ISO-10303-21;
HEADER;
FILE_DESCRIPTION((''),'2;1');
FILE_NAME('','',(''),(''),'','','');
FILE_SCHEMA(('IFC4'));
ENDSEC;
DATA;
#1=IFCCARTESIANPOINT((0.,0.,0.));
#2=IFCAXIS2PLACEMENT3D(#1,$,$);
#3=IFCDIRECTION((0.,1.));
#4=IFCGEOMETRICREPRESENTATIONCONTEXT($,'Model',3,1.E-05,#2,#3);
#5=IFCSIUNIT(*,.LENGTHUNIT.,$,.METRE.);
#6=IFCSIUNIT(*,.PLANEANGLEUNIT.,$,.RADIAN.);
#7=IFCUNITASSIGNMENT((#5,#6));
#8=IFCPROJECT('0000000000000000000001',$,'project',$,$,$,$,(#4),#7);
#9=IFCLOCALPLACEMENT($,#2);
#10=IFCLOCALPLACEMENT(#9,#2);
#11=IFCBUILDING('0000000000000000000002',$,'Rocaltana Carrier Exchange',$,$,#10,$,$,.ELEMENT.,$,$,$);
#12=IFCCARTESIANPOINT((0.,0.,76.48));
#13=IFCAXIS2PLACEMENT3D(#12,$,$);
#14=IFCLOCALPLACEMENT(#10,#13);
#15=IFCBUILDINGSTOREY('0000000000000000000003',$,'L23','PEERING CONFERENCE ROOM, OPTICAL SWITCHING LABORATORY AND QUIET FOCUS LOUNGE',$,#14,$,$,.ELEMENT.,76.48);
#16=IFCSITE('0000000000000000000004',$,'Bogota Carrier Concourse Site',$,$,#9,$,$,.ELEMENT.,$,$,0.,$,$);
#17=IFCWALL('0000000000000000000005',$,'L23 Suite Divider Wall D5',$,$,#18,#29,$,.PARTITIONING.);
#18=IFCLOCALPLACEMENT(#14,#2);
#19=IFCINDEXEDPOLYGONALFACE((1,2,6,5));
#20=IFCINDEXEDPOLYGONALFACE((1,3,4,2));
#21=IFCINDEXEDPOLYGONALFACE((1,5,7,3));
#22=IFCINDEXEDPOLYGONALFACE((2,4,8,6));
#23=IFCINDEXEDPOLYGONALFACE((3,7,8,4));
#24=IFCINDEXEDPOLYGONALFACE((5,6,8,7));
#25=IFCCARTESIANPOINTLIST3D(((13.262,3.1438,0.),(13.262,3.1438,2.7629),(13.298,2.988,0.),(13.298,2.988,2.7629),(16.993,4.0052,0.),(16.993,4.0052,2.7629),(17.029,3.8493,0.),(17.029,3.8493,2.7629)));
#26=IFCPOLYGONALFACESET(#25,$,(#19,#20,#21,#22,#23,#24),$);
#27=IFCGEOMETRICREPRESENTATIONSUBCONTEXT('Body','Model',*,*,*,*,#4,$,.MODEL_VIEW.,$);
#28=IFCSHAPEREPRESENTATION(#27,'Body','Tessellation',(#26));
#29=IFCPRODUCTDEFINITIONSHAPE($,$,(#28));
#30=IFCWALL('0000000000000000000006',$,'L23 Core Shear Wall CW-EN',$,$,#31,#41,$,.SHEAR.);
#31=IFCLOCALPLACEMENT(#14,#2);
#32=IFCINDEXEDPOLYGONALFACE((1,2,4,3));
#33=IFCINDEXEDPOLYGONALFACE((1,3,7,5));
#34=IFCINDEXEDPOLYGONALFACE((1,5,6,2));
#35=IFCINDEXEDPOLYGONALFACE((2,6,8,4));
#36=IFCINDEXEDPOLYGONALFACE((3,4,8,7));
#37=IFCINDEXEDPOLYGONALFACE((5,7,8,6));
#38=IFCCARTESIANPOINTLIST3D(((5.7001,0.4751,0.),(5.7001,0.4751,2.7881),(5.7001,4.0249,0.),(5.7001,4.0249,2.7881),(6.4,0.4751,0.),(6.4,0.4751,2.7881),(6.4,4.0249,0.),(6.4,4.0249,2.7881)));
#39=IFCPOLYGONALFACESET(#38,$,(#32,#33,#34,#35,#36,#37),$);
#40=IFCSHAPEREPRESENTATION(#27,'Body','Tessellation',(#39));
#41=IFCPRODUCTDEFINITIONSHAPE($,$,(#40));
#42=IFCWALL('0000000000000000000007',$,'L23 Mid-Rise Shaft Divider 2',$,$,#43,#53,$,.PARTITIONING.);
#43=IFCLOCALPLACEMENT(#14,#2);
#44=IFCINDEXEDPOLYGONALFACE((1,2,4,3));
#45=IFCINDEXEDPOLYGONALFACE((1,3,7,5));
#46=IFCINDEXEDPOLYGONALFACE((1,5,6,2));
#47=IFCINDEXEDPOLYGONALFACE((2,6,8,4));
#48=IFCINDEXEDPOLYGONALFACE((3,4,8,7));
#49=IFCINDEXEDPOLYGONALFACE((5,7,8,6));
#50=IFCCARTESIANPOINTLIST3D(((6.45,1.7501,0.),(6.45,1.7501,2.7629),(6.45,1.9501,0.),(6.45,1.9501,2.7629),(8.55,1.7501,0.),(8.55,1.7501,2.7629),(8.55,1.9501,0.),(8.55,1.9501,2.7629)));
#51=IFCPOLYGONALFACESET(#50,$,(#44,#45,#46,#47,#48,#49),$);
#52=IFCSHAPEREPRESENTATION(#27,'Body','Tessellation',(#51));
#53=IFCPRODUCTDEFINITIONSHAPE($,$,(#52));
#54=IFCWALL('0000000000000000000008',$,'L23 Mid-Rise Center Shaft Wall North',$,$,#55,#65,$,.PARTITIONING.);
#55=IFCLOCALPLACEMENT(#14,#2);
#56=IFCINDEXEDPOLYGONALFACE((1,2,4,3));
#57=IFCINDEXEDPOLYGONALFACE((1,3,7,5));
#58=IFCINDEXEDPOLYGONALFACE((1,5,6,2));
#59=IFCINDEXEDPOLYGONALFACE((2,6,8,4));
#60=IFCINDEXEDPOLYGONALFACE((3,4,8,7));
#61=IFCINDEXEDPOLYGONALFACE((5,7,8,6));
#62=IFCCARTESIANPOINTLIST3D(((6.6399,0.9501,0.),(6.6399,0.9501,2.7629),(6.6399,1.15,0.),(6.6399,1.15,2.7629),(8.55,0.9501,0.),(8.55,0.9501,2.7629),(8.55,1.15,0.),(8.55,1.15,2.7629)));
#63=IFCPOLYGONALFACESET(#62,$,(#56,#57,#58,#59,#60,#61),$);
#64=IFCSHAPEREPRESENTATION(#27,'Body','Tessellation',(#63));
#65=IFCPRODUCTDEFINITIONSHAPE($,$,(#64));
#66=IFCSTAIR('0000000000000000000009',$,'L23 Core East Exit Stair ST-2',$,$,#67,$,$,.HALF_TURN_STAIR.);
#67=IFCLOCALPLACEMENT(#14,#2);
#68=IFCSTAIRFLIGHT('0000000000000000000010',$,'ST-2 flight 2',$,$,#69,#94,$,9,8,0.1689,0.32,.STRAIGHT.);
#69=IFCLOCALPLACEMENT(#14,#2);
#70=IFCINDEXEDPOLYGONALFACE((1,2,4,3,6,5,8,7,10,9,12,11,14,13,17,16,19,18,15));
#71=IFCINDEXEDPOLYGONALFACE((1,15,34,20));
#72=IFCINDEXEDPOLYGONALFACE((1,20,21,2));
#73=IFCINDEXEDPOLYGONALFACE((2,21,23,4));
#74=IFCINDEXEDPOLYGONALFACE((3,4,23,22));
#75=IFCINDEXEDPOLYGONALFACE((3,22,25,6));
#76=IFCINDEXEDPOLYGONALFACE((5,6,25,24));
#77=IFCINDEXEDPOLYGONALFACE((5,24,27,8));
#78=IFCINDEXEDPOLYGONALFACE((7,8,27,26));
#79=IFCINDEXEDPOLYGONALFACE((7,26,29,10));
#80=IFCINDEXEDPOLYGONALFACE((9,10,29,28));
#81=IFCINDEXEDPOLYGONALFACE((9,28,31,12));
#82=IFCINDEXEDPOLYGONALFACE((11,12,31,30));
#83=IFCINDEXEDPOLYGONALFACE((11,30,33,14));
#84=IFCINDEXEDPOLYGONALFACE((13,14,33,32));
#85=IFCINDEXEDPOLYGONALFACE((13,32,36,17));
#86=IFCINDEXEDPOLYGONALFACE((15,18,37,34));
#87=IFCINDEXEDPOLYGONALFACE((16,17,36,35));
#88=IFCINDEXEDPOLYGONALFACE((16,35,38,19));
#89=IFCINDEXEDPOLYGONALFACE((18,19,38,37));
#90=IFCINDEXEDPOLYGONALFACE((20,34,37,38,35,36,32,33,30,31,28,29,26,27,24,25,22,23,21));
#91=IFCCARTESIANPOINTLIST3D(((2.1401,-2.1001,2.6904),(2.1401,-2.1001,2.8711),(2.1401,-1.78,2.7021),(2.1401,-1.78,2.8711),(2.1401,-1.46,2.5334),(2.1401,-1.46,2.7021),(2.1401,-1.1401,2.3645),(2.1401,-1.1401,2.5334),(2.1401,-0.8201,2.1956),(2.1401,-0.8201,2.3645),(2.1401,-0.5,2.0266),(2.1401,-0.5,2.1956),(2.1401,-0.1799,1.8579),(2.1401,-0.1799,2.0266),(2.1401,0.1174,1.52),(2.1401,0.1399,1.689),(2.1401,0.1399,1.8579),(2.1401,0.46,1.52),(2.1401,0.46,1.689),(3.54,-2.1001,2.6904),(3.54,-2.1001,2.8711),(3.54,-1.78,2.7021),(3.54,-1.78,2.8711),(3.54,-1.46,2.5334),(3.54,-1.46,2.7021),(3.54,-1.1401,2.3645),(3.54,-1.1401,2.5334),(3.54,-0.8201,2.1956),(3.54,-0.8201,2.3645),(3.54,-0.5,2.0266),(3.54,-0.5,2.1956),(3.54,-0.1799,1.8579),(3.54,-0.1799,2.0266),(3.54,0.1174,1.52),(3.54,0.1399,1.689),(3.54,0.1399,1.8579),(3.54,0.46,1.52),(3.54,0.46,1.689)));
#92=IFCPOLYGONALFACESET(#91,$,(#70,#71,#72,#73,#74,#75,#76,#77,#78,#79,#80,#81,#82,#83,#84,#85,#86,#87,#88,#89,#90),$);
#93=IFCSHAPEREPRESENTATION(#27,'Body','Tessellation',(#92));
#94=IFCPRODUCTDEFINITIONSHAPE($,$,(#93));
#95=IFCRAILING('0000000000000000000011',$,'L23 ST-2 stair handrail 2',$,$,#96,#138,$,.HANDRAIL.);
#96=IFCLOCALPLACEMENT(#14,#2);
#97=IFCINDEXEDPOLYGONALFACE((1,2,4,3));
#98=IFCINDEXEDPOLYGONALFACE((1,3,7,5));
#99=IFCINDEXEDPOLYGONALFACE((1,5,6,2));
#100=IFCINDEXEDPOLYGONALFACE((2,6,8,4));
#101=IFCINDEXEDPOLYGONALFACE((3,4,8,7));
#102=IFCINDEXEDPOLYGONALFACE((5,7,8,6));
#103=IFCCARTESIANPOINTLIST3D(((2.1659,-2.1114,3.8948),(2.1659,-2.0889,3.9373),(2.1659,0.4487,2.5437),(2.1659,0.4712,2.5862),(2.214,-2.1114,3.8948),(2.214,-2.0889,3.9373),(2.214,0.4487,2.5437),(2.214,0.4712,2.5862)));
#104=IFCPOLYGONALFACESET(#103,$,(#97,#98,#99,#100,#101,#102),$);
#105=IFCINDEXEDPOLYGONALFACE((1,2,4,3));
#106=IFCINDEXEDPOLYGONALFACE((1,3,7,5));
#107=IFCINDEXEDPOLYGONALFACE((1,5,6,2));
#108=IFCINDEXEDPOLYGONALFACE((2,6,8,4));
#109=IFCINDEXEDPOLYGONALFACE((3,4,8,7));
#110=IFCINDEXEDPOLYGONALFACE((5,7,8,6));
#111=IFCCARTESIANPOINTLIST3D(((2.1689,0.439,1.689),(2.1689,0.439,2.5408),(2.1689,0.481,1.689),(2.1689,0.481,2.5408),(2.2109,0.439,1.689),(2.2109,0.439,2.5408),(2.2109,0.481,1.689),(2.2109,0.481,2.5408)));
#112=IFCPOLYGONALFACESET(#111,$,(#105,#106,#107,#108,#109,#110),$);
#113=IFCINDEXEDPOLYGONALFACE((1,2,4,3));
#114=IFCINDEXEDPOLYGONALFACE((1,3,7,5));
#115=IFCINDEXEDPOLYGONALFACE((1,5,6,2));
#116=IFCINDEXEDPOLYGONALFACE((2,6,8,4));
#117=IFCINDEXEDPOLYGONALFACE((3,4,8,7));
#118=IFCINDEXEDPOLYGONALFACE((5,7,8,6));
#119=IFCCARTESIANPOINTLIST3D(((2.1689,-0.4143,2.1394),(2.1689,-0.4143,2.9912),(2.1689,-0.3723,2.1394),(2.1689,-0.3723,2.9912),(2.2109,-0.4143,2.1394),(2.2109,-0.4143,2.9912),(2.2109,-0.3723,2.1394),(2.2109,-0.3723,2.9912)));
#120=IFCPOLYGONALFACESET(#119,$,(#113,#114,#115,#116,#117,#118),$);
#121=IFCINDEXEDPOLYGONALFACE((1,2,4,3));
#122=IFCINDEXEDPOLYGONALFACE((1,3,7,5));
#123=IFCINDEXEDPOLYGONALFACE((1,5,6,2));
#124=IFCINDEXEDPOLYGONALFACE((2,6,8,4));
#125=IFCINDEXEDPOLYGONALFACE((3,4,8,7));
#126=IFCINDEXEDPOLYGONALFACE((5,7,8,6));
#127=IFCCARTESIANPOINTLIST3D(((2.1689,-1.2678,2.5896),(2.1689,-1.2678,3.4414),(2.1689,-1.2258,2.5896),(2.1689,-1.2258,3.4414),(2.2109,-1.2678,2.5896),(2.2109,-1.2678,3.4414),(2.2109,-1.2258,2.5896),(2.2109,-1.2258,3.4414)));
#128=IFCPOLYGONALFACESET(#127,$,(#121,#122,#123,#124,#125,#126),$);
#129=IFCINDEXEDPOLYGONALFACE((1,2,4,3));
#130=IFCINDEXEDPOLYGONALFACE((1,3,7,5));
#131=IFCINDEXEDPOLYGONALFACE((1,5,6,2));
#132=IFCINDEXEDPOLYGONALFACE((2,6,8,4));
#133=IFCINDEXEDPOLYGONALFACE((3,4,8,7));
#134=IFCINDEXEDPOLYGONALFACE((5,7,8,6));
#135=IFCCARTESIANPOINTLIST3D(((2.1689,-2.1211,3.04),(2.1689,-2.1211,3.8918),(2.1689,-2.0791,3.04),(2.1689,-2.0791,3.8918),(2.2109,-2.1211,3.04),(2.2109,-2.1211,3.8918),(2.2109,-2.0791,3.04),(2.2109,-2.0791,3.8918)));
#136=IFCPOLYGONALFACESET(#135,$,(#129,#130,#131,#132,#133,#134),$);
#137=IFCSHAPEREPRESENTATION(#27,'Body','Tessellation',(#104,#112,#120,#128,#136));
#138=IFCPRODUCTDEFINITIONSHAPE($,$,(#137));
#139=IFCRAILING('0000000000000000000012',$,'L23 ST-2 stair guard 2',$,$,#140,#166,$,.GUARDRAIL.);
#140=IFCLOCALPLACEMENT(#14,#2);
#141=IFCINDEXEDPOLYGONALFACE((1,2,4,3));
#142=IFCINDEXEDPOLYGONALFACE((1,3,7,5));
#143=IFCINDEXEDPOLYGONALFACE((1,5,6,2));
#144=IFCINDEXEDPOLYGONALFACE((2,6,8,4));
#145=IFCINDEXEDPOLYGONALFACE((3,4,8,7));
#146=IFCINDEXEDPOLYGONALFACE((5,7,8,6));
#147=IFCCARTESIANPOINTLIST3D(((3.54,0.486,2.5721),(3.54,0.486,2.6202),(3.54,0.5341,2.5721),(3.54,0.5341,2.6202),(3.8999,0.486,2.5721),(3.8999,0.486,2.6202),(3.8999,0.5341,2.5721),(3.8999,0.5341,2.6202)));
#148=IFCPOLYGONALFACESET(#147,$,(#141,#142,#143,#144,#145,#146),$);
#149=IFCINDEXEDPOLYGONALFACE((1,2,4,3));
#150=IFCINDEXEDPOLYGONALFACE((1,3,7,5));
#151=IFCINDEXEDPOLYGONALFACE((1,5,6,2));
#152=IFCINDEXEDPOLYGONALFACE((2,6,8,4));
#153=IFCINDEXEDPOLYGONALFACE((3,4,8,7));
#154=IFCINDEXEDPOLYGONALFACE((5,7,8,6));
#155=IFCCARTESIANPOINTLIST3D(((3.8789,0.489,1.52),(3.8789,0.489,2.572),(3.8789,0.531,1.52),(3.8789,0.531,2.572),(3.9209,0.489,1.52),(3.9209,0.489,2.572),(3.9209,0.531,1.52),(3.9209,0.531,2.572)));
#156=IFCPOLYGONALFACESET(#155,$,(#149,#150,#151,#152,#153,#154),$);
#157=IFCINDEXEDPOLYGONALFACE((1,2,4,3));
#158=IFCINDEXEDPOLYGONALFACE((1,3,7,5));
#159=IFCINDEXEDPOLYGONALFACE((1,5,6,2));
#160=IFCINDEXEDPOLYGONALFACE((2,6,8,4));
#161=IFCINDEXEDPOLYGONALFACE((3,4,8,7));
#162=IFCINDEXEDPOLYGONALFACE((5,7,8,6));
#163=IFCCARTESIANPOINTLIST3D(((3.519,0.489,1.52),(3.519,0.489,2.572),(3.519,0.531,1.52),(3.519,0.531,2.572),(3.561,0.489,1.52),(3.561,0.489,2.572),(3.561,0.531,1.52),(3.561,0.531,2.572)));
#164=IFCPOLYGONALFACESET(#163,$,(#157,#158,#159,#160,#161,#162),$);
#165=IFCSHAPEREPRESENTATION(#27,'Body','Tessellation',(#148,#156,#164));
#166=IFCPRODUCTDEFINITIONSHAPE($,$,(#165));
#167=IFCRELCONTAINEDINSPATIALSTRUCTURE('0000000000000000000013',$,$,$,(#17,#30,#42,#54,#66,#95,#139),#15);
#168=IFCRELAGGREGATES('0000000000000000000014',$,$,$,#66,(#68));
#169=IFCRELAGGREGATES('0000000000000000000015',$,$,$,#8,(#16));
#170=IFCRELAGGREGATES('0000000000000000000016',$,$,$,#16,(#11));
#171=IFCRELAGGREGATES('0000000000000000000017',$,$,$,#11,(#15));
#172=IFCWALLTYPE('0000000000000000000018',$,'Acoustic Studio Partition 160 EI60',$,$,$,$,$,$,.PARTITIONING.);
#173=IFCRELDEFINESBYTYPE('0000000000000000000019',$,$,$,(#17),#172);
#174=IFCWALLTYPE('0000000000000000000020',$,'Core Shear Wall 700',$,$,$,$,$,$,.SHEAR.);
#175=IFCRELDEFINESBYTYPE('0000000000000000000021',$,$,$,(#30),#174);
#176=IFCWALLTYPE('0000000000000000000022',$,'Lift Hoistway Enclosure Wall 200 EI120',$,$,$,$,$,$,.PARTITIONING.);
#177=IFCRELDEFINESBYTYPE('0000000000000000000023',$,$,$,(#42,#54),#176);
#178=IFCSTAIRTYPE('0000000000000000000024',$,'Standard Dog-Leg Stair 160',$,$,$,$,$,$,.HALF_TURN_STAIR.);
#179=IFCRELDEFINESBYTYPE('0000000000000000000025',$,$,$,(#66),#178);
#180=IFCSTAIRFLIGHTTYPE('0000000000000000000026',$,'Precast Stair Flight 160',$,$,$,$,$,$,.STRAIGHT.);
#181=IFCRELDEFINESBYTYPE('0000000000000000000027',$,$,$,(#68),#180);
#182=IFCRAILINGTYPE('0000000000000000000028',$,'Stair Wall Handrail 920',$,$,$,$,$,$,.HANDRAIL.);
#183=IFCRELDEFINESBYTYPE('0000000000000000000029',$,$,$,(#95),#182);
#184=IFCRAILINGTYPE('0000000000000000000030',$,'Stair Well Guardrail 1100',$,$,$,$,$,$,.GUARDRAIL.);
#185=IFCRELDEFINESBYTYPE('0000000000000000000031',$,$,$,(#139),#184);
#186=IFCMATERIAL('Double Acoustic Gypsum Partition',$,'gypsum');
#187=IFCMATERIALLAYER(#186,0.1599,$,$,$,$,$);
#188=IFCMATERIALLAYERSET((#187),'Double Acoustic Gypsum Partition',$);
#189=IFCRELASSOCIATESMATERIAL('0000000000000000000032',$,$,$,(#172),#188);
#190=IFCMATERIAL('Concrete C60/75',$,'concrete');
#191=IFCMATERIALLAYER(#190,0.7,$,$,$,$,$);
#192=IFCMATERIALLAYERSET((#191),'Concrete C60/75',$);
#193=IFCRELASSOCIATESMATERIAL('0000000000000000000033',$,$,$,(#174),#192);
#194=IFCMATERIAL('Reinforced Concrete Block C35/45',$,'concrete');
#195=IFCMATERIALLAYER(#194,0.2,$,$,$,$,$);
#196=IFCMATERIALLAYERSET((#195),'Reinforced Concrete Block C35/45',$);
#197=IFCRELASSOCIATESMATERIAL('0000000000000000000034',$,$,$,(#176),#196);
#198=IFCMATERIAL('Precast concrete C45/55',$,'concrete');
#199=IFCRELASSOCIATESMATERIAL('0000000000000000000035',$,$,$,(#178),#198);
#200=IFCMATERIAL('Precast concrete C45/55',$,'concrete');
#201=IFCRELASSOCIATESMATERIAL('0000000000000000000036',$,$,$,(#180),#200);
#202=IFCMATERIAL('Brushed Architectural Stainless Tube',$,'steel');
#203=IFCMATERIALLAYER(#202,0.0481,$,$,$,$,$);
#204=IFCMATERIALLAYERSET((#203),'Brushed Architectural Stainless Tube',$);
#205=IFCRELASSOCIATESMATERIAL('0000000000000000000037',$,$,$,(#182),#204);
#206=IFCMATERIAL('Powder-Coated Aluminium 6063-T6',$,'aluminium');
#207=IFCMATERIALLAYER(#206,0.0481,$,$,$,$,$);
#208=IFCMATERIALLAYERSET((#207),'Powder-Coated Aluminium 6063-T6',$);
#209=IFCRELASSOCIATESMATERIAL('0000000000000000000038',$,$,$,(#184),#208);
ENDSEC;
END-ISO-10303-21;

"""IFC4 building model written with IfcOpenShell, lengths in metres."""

from ifc_helpers import new_model, si_unit, direction, frame, frame_2d, origin, origin_2d, place, context, subcontext, project, spatial, polyline, rectangle, outline, extrude, material, layer, layer_set, type_object, element, aggregate, save


model = new_model("IFC4")

# Units and contexts
model_context = context("Model", 3, precision=1e-05, world=origin(), true_north=direction((0.0, 1.0)))
body_context = subcontext(model_context, "Body", "Model", "MODEL_VIEW")
ifc_project = project(units=[si_unit("LENGTHUNIT", "METRE"), si_unit("PLANEANGLEUNIT", "RADIAN")], contexts=[model_context])

# Site, building, storey
site_placement = place(None, origin())
site = spatial("IfcSite", under=ifc_project, at=site_placement, Name="Bogota Carrier Concourse Site", CompositionType="ELEMENT", RefElevation=0.0)
building_placement = place(site_placement, origin())
building = spatial("IfcBuilding", under=site, at=building_placement, Name="Rocaltana Carrier Exchange", CompositionType="ELEMENT")
storey_placement = place(building_placement, frame((0.0, 0.0, 76.48)))
storey = spatial("IfcBuildingStorey", under=building, at=storey_placement, Name="L23", Description="PEERING CONFERENCE ROOM, OPTICAL SWITCHING LABORATORY AND QUIET FOCUS LOUNGE", CompositionType="ELEMENT", Elevation=76.48)

# Walls
ifc_material_1 = material(Name="Double Acoustic Gypsum Partition", Category="gypsum")
ifc_layer_1 = layer(ifc_material_1, 0.1599)
ifc_layer_set_1 = layer_set([ifc_layer_1], Name="Double Acoustic Gypsum Partition")
wall_type_1 = type_object("IfcWallType", Name="Acoustic Studio Partition 160 EI60", PredefinedType="PARTITIONING", material=ifc_layer_set_1)
wall_1_placement = place(storey_placement, frame((13.28, 3.0659, 0.0), z_axis=(0.0, 0.0, 1.0), x_axis=(0.974372, 0.224943, 0.0)))
element("IfcWall", 1, at=wall_1_placement, inside=storey, type_object=wall_type_1, Name="L23 Suite Divider Wall D5", PredefinedType="PARTITIONING", context=body_context, shape_type="SweptSolid", body=[
    extrude(rectangle(XDim=3.8291, YDim=0.1599, at=frame_2d((1.9146, 0.0))), origin(), (0.0, 0.0, 1.0), 2.7629),
])
ifc_material_2 = material(Name="Concrete C60/75", Category="concrete")
ifc_layer_2 = layer(ifc_material_2, 0.7)
ifc_layer_set_2 = layer_set([ifc_layer_2], Name="Concrete C60/75")
wall_type_2 = type_object("IfcWallType", Name="Core Shear Wall 700", PredefinedType="SHEAR", material=ifc_layer_set_2)
wall_2_placement = place(storey_placement, frame((6.05, 0.4751, 0.0), z_axis=(0.0, 0.0, 1.0), x_axis=(0.0, 1.0, 0.0)))
element("IfcWall", 2, at=wall_2_placement, inside=storey, type_object=wall_type_2, Name="L23 Core Shear Wall CW-EN", PredefinedType="SHEAR", context=body_context, shape_type="SweptSolid", body=[
    extrude(rectangle(XDim=3.5498, YDim=0.7, at=frame_2d((1.7749, 0.0))), origin(), (0.0, 0.0, 1.0), 2.7881),
])
ifc_material_3 = material(Name="Reinforced Concrete Block C35/45", Category="concrete")
ifc_layer_3 = layer(ifc_material_3, 0.2)
ifc_layer_set_3 = layer_set([ifc_layer_3], Name="Reinforced Concrete Block C35/45")
wall_type_3 = type_object("IfcWallType", Name="Lift Hoistway Enclosure Wall 200 EI120", PredefinedType="PARTITIONING", material=ifc_layer_set_3)
wall_3_placement = place(storey_placement, frame((6.45, 1.8501, 0.0), z_axis=(0.0, 0.0, 1.0), x_axis=(1.0, 0.0, 0.0)))
element("IfcWall", 3, at=wall_3_placement, inside=storey, type_object=wall_type_3, Name="L23 Mid-Rise Shaft Divider 2", PredefinedType="PARTITIONING", context=body_context, shape_type="SweptSolid", body=[
    extrude(rectangle(XDim=2.1001, YDim=0.2, at=frame_2d((1.05, 0.0))), origin(), (0.0, 0.0, 1.0), 2.7629),
])
wall_4_placement = place(storey_placement, frame((6.6399, 1.05, 0.0), z_axis=(0.0, 0.0, 1.0), x_axis=(1.0, 0.0, 0.0)))
element("IfcWall", 4, at=wall_4_placement, inside=storey, type_object=wall_type_3, Name="L23 Mid-Rise Center Shaft Wall North", PredefinedType="PARTITIONING", context=body_context, shape_type="SweptSolid", body=[
    extrude(rectangle(XDim=1.9102, YDim=0.2, at=frame_2d((0.9551, 0.0))), origin(), (0.0, 0.0, 1.0), 2.7629),
])

# Stair, stair flight
ifc_material_4 = material(Name="Precast concrete C45/55", Category="concrete")
stair_type = type_object("IfcStairType", Name="Standard Dog-Leg Stair 160", PredefinedType="HALF_TURN_STAIR", material=ifc_material_4)
stair_placement = place(storey_placement, origin())
stair = element("IfcStair", 5, at=stair_placement, inside=storey, type_object=stair_type, Name="L23 Core East Exit Stair ST-2", PredefinedType="HALF_TURN_STAIR")
ifc_material_5 = material(Name="Precast concrete C45/55", Category="concrete")
stair_flight_type = type_object("IfcStairFlightType", Name="Precast Stair Flight 160", PredefinedType="STRAIGHT", material=ifc_material_5)
stair_flight_placement = place(storey_placement, frame((2.8401, 0.46, 1.52), z_axis=(0.0, 0.0, 1.0), x_axis=(0.0, -1.0, 0.0)))
stair_flight = element("IfcStairFlight", 6, at=stair_flight_placement, type_object=stair_flight_type, Name="ST-2 flight 2", NumberOfRisers=9, NumberOfTreads=8, PredefinedType="STRAIGHT", RiserHeight=0.1689, TreadLength=0.32, context=body_context, shape_type="SweptSolid", body=[
    extrude(outline(polyline([(0.0, 0.0), (0.0, 0.1689), (0.3201, 0.1689), (0.3201, 0.3379), (0.6399, 0.3379), (0.6399, 0.5066), (0.96, 0.5066), (0.96, 0.6755), (1.28, 0.6755), (1.28, 0.8445), (1.6001, 0.8445), (1.6001, 1.0134), (1.9199, 1.0134), (1.9199, 1.1821), (2.24, 1.1821), (2.24, 1.3511), (2.5601, 1.3511), (2.5601, 1.52), (2.5601, 1.1704), (0.3425, 0.0), (0.0, 0.0)])), frame((0.0, 0.7, 0.0), z_axis=(0.0, -1.0, 0.0), x_axis=(1.0, 0.0, 0.0)), (0.0, 0.0, 1.0), 1.3999),
])
aggregate(stair, [stair_flight])

# Railings
ifc_material_6 = material(Name="Brushed Architectural Stainless Tube", Category="steel")
ifc_layer_4 = layer(ifc_material_6, 0.0481)
ifc_layer_set_4 = layer_set([ifc_layer_4], Name="Brushed Architectural Stainless Tube")
railing_type_1 = type_object("IfcRailingType", Name="Stair Wall Handrail 920", PredefinedType="HANDRAIL", material=ifc_layer_set_4)
railing_1_placement = place(storey_placement, frame((2.1899, 0.46, 1.689)))
element("IfcRailing", 7, at=railing_1_placement, inside=storey, type_object=railing_type_1, Name="L23 ST-2 stair handrail 2", PredefinedType="HANDRAIL", context=body_context, shape_type="SweptSolid", body=[
    extrude(rectangle(XDim=0.0481, YDim=0.0481, at=origin_2d()), frame((0.0, 0.0, 0.876), z_axis=(0.0, -0.884394, 0.46674), x_axis=(1.0, 0.0, 0.0)), (0.0, 0.0, 1.0), 2.8948),
    extrude(rectangle(XDim=0.042, YDim=0.042, at=origin_2d()), origin(), (0.0, 0.0, 1.0), 0.8518),
    extrude(rectangle(XDim=0.042, YDim=0.042, at=origin_2d()), frame((0.0, -0.8533, 0.4504)), (0.0, 0.0, 1.0), 0.8518),
    extrude(rectangle(XDim=0.042, YDim=0.042, at=origin_2d()), frame((0.0, -1.7068, 0.9006)), (0.0, 0.0, 1.0), 0.8518),
    extrude(rectangle(XDim=0.042, YDim=0.042, at=origin_2d()), frame((0.0, -2.5601, 1.3511)), (0.0, 0.0, 1.0), 0.8518),
])
ifc_material_7 = material(Name="Powder-Coated Aluminium 6063-T6", Category="aluminium")
ifc_layer_5 = layer(ifc_material_7, 0.0481)
ifc_layer_set_5 = layer_set([ifc_layer_5], Name="Powder-Coated Aluminium 6063-T6")
railing_type_2 = type_object("IfcRailingType", Name="Stair Well Guardrail 1100", PredefinedType="GUARDRAIL", material=ifc_layer_set_5)
railing_2_placement = place(storey_placement, frame((3.8999, 0.51, 1.52)))
element("IfcRailing", 8, at=railing_2_placement, inside=storey, type_object=railing_type_2, Name="L23 ST-2 stair guard 2", PredefinedType="GUARDRAIL", context=body_context, shape_type="SweptSolid", body=[
    extrude(rectangle(XDim=0.0481, YDim=0.0481, at=origin_2d()), frame((0.0, 0.0, 1.0762), z_axis=(-1.0, 0.0, 0.0), x_axis=(0.0, -1.0, 0.0)), (0.0, 0.0, 1.0), 0.3599),
    extrude(rectangle(XDim=0.042, YDim=0.042, at=origin_2d()), origin(), (0.0, 0.0, 1.0), 1.052),
    extrude(rectangle(XDim=0.042, YDim=0.042, at=origin_2d()), frame((-0.3599, 0.0, 0.0)), (0.0, 0.0, 1.0), 1.052),
])

save(model, "model.ifc")
